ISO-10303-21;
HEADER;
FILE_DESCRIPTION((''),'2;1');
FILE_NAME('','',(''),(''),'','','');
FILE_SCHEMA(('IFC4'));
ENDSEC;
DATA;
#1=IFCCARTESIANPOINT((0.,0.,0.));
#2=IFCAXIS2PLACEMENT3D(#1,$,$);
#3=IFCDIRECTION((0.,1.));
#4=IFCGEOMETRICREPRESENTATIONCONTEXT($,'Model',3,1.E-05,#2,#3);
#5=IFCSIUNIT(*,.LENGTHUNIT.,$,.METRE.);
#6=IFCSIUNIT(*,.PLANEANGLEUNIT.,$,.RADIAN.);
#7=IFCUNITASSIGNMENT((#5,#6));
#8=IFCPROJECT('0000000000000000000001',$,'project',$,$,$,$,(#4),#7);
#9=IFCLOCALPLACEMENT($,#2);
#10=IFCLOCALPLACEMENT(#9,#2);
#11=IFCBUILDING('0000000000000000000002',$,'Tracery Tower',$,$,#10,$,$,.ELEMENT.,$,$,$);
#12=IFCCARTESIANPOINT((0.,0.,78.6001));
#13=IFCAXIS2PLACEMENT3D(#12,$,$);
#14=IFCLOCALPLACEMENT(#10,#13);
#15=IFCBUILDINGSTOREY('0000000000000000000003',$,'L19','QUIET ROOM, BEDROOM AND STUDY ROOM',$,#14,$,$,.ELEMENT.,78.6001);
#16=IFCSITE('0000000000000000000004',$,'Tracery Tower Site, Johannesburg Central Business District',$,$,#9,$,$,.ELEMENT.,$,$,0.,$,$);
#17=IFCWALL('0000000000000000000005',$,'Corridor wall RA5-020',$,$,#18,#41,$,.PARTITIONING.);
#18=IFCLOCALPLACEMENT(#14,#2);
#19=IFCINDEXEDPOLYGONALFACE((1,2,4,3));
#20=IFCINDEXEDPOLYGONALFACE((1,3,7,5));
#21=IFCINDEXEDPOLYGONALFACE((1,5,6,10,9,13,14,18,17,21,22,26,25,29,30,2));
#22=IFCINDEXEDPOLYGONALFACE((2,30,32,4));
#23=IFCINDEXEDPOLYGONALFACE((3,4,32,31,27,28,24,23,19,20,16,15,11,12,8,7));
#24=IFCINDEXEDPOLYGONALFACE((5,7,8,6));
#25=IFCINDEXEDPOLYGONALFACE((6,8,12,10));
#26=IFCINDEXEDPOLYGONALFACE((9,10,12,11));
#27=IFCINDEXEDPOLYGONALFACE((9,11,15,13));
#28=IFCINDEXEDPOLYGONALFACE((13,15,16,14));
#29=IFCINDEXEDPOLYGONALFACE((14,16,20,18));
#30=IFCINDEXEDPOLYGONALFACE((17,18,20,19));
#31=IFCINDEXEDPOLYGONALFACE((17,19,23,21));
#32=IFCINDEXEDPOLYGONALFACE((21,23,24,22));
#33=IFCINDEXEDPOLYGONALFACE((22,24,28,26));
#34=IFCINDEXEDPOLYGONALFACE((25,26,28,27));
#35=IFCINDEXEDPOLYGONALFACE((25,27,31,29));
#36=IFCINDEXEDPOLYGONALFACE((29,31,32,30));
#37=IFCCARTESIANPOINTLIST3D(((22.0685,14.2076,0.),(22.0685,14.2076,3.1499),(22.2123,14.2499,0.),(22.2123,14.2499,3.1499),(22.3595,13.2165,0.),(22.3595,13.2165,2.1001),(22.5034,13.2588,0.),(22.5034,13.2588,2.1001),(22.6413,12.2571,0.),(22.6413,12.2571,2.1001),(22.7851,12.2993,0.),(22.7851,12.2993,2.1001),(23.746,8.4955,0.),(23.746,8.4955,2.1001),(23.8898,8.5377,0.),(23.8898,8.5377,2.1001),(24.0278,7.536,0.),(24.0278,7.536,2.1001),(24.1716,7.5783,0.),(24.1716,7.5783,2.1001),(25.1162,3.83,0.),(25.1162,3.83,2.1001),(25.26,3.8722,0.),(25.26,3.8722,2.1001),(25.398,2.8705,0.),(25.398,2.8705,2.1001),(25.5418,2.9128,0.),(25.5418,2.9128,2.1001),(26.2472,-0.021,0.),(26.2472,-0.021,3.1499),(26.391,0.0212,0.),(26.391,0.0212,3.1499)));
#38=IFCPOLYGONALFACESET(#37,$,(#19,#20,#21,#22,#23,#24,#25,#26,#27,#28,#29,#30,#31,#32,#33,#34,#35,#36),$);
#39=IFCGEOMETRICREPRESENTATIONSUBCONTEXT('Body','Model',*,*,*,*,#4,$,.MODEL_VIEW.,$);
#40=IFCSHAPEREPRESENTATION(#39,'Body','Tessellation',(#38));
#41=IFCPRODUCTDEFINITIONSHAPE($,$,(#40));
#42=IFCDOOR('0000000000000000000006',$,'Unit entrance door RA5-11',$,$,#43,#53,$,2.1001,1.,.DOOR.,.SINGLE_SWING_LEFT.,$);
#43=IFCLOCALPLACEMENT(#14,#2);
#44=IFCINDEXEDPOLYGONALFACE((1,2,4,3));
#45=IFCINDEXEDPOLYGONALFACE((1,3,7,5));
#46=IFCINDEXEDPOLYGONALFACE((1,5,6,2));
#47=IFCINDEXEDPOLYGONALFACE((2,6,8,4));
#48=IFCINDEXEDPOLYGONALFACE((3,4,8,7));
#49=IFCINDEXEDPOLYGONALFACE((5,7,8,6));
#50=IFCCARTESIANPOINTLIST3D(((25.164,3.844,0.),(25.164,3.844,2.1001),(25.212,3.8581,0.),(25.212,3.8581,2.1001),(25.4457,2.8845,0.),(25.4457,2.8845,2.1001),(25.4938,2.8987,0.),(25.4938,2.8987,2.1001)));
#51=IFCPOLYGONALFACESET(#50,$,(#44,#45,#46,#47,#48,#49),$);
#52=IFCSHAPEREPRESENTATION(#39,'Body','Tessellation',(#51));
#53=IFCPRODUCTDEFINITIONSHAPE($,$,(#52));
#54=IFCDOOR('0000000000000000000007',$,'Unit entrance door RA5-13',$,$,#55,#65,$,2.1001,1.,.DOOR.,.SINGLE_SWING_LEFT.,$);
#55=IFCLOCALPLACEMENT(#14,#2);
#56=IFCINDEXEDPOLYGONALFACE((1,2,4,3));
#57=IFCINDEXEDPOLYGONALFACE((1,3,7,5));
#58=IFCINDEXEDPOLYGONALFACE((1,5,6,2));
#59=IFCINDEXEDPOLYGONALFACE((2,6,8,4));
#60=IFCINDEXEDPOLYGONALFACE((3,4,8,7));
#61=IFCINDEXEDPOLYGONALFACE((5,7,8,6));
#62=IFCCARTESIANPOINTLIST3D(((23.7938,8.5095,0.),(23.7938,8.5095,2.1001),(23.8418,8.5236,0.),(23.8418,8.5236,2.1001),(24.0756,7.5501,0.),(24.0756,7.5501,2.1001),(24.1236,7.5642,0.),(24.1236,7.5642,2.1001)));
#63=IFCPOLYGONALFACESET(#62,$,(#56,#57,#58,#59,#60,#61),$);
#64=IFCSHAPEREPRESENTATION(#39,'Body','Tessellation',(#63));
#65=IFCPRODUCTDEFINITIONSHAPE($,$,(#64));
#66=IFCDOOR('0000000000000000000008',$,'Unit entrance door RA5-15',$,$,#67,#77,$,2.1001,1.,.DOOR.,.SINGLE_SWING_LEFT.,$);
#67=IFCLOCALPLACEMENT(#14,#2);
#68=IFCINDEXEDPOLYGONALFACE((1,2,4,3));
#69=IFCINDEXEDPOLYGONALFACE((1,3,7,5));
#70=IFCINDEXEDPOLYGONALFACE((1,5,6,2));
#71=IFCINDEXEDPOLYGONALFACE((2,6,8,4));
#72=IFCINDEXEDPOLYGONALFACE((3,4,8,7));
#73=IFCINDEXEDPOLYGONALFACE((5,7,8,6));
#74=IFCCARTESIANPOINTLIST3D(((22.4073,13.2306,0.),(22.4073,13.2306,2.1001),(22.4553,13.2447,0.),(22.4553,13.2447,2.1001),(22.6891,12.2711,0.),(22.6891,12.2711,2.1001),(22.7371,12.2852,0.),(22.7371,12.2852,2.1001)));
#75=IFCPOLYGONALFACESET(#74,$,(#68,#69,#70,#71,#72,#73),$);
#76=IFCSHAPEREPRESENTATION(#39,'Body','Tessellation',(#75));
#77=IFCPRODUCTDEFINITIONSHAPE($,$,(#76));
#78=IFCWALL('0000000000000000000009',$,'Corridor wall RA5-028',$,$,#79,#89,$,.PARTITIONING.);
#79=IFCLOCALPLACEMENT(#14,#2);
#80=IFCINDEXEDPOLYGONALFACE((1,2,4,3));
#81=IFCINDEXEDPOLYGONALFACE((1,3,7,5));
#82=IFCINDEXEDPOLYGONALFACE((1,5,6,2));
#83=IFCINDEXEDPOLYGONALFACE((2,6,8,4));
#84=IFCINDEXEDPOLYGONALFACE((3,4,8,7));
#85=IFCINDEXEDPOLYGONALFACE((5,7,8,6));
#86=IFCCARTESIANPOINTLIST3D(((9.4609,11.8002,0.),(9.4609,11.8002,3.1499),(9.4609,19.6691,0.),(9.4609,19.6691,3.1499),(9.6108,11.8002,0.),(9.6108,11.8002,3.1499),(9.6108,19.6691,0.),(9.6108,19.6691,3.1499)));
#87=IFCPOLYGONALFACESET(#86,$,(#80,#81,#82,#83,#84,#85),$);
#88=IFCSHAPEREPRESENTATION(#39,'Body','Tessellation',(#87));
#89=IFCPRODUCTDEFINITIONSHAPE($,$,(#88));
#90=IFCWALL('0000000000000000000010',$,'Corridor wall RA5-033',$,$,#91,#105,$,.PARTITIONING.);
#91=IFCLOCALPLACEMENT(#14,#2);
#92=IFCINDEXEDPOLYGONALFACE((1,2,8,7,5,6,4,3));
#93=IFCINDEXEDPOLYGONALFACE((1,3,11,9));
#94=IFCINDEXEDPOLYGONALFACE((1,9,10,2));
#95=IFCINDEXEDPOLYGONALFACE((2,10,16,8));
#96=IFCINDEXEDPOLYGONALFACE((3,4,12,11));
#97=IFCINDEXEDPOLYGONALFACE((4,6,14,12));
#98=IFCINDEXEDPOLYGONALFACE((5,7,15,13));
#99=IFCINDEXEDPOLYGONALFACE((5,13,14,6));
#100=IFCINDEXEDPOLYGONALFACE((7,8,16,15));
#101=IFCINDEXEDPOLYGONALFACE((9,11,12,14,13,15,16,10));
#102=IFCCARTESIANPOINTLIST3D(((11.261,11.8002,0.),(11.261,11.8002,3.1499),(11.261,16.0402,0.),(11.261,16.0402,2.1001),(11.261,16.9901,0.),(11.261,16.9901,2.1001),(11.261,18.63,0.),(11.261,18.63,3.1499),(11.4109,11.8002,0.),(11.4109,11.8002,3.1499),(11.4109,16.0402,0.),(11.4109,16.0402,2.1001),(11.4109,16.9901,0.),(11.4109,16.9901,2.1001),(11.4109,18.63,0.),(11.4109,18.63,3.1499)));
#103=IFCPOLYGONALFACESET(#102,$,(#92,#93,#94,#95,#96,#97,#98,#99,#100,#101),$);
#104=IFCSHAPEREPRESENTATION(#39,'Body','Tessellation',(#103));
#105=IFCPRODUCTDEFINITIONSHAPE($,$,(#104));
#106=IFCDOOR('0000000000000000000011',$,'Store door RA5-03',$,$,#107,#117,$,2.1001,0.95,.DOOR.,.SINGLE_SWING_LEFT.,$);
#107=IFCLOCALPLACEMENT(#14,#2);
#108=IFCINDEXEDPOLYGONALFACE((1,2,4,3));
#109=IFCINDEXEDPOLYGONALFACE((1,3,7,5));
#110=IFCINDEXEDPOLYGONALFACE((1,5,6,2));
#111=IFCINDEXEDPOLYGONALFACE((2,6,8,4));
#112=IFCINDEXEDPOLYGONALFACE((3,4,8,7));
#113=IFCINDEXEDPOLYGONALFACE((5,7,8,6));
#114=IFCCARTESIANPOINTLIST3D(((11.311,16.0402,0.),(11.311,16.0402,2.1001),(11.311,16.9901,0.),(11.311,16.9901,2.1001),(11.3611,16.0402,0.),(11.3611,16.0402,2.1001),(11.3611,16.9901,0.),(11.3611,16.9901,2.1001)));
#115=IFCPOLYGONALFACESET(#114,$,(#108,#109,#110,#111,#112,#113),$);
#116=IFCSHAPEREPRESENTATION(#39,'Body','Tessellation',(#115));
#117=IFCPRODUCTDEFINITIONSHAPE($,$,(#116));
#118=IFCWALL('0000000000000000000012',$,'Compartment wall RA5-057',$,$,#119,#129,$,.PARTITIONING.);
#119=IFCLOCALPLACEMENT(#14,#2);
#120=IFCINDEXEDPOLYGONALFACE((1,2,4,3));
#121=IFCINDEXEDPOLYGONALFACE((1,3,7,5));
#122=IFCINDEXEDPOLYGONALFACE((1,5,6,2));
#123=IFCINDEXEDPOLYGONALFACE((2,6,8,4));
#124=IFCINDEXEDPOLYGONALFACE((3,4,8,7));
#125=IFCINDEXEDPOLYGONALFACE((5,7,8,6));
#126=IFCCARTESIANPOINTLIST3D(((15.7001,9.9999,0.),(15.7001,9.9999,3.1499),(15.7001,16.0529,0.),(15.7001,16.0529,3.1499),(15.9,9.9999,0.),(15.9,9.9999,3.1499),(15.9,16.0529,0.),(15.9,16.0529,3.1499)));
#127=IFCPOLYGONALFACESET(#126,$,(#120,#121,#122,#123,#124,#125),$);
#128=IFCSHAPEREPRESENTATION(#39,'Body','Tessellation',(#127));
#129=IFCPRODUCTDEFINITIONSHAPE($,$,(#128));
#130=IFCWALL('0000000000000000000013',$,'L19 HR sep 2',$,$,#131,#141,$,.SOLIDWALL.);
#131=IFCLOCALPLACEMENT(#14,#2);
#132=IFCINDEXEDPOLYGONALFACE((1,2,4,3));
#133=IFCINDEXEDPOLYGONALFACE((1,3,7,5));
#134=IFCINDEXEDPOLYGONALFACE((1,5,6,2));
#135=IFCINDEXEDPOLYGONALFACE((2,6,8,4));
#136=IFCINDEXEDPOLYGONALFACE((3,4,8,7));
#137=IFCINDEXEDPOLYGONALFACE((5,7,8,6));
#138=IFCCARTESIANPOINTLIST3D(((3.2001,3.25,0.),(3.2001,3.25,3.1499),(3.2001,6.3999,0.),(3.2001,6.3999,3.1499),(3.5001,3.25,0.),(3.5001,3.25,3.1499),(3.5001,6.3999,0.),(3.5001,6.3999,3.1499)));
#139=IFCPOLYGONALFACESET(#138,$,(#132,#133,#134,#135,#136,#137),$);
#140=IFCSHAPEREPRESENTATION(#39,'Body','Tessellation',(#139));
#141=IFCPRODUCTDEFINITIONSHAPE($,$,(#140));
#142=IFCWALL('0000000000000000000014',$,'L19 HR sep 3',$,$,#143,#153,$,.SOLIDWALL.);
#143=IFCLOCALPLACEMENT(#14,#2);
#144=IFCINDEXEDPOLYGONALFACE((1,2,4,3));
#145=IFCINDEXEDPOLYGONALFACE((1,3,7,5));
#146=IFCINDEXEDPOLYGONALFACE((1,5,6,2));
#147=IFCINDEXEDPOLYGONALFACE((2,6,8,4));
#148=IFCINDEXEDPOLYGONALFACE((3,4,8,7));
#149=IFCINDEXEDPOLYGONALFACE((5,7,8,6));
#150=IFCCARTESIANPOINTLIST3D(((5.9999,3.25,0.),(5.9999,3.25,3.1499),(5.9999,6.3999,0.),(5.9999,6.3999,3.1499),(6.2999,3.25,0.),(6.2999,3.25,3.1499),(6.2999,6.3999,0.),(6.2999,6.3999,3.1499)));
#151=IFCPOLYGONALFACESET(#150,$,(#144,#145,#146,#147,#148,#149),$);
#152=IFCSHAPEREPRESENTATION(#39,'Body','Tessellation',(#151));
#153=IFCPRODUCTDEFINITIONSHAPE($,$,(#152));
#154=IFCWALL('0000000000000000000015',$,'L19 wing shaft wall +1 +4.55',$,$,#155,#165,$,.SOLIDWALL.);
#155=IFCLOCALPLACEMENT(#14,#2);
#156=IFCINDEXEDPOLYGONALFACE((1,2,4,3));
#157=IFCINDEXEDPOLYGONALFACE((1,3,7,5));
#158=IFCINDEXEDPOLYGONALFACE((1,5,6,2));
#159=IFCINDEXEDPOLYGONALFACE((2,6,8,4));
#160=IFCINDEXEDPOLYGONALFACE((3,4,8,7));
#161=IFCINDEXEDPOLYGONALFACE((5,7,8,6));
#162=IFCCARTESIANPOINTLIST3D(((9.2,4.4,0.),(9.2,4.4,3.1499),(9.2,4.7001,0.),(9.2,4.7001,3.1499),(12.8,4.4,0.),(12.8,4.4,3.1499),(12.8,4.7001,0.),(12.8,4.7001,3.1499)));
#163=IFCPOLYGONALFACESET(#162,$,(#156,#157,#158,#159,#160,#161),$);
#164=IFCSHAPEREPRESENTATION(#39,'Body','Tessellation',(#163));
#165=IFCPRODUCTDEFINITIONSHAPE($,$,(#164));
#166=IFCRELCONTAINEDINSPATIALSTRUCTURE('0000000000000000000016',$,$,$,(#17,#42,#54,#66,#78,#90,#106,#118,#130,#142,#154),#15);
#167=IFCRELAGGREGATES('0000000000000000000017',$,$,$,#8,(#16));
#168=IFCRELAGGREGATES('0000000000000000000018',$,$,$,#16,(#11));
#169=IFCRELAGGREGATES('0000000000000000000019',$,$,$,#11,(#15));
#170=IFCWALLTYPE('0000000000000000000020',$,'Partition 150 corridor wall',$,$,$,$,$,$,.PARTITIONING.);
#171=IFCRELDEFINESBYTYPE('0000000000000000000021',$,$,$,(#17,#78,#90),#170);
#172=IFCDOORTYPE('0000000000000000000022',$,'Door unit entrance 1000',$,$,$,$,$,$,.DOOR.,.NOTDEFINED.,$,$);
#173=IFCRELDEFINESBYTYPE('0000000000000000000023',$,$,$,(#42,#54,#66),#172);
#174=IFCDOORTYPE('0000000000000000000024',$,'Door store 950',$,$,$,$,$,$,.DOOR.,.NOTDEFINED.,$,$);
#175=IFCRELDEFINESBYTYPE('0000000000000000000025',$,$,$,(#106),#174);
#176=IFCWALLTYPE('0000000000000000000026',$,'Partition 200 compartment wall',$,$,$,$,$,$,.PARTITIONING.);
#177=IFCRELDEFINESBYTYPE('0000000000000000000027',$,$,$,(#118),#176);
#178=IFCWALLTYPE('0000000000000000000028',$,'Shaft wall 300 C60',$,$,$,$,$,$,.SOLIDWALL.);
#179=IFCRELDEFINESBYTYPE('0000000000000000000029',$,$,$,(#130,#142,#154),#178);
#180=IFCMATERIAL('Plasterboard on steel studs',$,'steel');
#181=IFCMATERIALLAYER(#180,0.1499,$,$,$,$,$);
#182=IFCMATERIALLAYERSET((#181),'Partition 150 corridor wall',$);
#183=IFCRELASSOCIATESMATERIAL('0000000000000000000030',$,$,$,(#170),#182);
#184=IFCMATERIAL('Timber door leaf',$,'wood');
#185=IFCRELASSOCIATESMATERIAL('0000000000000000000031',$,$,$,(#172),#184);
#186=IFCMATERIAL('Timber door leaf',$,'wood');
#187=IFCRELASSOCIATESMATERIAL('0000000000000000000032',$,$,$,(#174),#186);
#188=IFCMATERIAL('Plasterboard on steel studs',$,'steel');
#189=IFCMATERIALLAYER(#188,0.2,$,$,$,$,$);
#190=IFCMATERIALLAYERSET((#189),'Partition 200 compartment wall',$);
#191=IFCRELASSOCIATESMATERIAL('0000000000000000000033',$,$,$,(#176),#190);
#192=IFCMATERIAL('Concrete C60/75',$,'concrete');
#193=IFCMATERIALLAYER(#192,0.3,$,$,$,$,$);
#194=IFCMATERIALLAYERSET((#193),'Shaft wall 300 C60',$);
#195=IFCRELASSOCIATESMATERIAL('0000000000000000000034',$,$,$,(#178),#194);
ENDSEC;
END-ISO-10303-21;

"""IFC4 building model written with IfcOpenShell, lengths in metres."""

from ifc_helpers import new_model, si_unit, direction, frame, frame_2d, origin, place, context, subcontext, project, spatial, rectangle, extrude, material, layer, layer_set, type_object, element, fill, save


model = new_model("IFC4")

# Units and contexts
model_context = context("Model", 3, precision=1e-05, world=origin(), true_north=direction((0.0, 1.0)))
body_context = subcontext(model_context, "Body", "Model", "MODEL_VIEW")
ifc_project = project(units=[si_unit("LENGTHUNIT", "METRE"), si_unit("PLANEANGLEUNIT", "RADIAN")], contexts=[model_context])

# Site, building, storey
site_placement = place(None, origin())
site = spatial("IfcSite", under=ifc_project, at=site_placement, Name="Tracery Tower Site, Johannesburg Central Business District", CompositionType="ELEMENT", RefElevation=0.0)
building_placement = place(site_placement, origin())
building = spatial("IfcBuilding", under=site, at=building_placement, Name="Tracery Tower", CompositionType="ELEMENT")
storey_placement = place(building_placement, frame((0.0, 0.0, 78.6001)))
storey = spatial("IfcBuildingStorey", under=building, at=storey_placement, Name="L19", Description="QUIET ROOM, BEDROOM AND STUDY ROOM", CompositionType="ELEMENT", Elevation=78.6001)

# Shared definitions
ifc_material_1 = material(Name="Plasterboard on steel studs", Category="steel")
ifc_layer_1 = layer(ifc_material_1, 0.1499)
ifc_layer_set_1 = layer_set([ifc_layer_1], Name="Partition 150 corridor wall")
wall_type_1 = type_object("IfcWallType", Name="Partition 150 corridor wall", PredefinedType="PARTITIONING", material=ifc_layer_set_1)

# Wall, openings, doors
wall_1_placement = place(storey_placement, frame((22.1404, 14.2288, 0.0), z_axis=(0.0, 0.0, 1.0), x_axis=(0.28178, -0.959479, 0.0)))
wall_1 = element("IfcWall", 1, at=wall_1_placement, inside=storey, type_object=wall_type_1, Name="Corridor wall RA5-020", PredefinedType="PARTITIONING", context=body_context, shape_type="SweptSolid", body=[
    extrude(rectangle(XDim=14.8296, YDim=0.1499, at=frame_2d((7.4148, 0.0))), origin(), (0.0, 0.0, 1.0), 3.1499),
])
opening_1_placement = place(wall_1_placement, frame((10.8159, 0.0, 0.0)))
opening_1 = element("IfcOpeningElement", 2, at=opening_1_placement, cuts=wall_1, PredefinedType="OPENING", context=body_context, shape_type="SweptSolid", body=[
    extrude(rectangle(XDim=1.0, YDim=2.1001, at=frame_2d((0.5, 1.05))), frame((0.0, 0.075, 0.0), z_axis=(0.0, -1.0, 0.0), x_axis=(1.0, 0.0, 0.0)), (0.0, 0.0, 1.0), 0.1499),
])
opening_2_placement = place(wall_1_placement, frame((5.9534, 0.0, 0.0)))
opening_2 = element("IfcOpeningElement", 3, at=opening_2_placement, cuts=wall_1, PredefinedType="OPENING", context=body_context, shape_type="SweptSolid", body=[
    extrude(rectangle(XDim=1.0, YDim=2.1001, at=frame_2d((0.5, 1.05))), frame((0.0, 0.075, 0.0), z_axis=(0.0, -1.0, 0.0), x_axis=(1.0, 0.0, 0.0)), (0.0, 0.0, 1.0), 0.1499),
])
opening_3_placement = place(wall_1_placement, frame((1.033, 0.0, 0.0)))
opening_3 = element("IfcOpeningElement", 4, at=opening_3_placement, cuts=wall_1, PredefinedType="OPENING", context=body_context, shape_type="SweptSolid", body=[
    extrude(rectangle(XDim=1.0, YDim=2.1001, at=frame_2d((0.5, 1.05))), frame((0.0, 0.075, 0.0), z_axis=(0.0, -1.0, 0.0), x_axis=(1.0, 0.0, 0.0)), (0.0, 0.0, 1.0), 0.1499),
])
ifc_material_2 = material(Name="Timber door leaf", Category="wood")
door_type_1 = type_object("IfcDoorType", Name="Door unit entrance 1000", OperationType="NOTDEFINED", PredefinedType="DOOR", material=ifc_material_2)
door_1_placement = place(opening_1_placement, origin())
door_1 = element("IfcDoor", 5, at=door_1_placement, inside=storey, type_object=door_type_1, Name="Unit entrance door RA5-11", OperationType="SINGLE_SWING_LEFT", OverallHeight=2.1001, OverallWidth=1.0, PredefinedType="DOOR", context=body_context, shape_type="SweptSolid", body=[
    extrude(rectangle(XDim=1.0, YDim=2.1001, at=frame_2d((0.5, 1.05))), frame((0.0, 0.0249, 0.0), z_axis=(0.0, -1.0, 0.0), x_axis=(1.0, 0.0, 0.0)), (0.0, 0.0, 1.0), 0.05),
])
fill(opening_1, door_1)
door_2_placement = place(opening_2_placement, origin())
door_2 = element("IfcDoor", 6, at=door_2_placement, inside=storey, type_object=door_type_1, Name="Unit entrance door RA5-13", OperationType="SINGLE_SWING_LEFT", OverallHeight=2.1001, OverallWidth=1.0, PredefinedType="DOOR", context=body_context, shape_type="SweptSolid", body=[
    extrude(rectangle(XDim=1.0, YDim=2.1001, at=frame_2d((0.5, 1.05))), frame((0.0, 0.0249, 0.0), z_axis=(0.0, -1.0, 0.0), x_axis=(1.0, 0.0, 0.0)), (0.0, 0.0, 1.0), 0.05),
])
fill(opening_2, door_2)
door_3_placement = place(opening_3_placement, origin())
door_3 = element("IfcDoor", 7, at=door_3_placement, inside=storey, type_object=door_type_1, Name="Unit entrance door RA5-15", OperationType="SINGLE_SWING_LEFT", OverallHeight=2.1001, OverallWidth=1.0, PredefinedType="DOOR", context=body_context, shape_type="SweptSolid", body=[
    extrude(rectangle(XDim=1.0, YDim=2.1001, at=frame_2d((0.5, 1.05))), frame((0.0, 0.0249, 0.0), z_axis=(0.0, -1.0, 0.0), x_axis=(1.0, 0.0, 0.0)), (0.0, 0.0, 1.0), 0.05),
])
fill(opening_3, door_3)

# Wall
wall_2_placement = place(storey_placement, frame((9.5359, 11.8, 0.0), z_axis=(0.0, 0.0, 1.0), x_axis=(0.0, 1.0, 0.0)))
element("IfcWall", 8, at=wall_2_placement, inside=storey, type_object=wall_type_1, Name="Corridor wall RA5-028", PredefinedType="PARTITIONING", context=body_context, shape_type="SweptSolid", body=[
    extrude(rectangle(XDim=7.8689, YDim=0.1499, at=frame_2d((3.9346, 0.0))), origin(), (0.0, 0.0, 1.0), 3.1499),
])

# Wall, opening, door
wall_3_placement = place(storey_placement, frame((11.3359, 11.8, 0.0), z_axis=(0.0, 0.0, 1.0), x_axis=(0.0, 1.0, 0.0)))
wall_3 = element("IfcWall", 9, at=wall_3_placement, inside=storey, type_object=wall_type_1, Name="Corridor wall RA5-033", PredefinedType="PARTITIONING", context=body_context, shape_type="SweptSolid", body=[
    extrude(rectangle(XDim=6.8298, YDim=0.1499, at=frame_2d((3.415, 0.0))), origin(), (0.0, 0.0, 1.0), 3.1499),
])
opening_4_placement = place(wall_3_placement, frame((4.24, 0.0, 0.0)))
opening_4 = element("IfcOpeningElement", 10, at=opening_4_placement, cuts=wall_3, PredefinedType="OPENING", context=body_context, shape_type="SweptSolid", body=[
    extrude(rectangle(XDim=0.95, YDim=2.1001, at=frame_2d((0.4751, 1.05))), frame((0.0, 0.075, 0.0), z_axis=(0.0, -1.0, 0.0), x_axis=(1.0, 0.0, 0.0)), (0.0, 0.0, 1.0), 0.1499),
])
ifc_material_3 = material(Name="Timber door leaf", Category="wood")
door_type_2 = type_object("IfcDoorType", Name="Door store 950", OperationType="NOTDEFINED", PredefinedType="DOOR", material=ifc_material_3)
door_4_placement = place(opening_4_placement, origin())
door_4 = element("IfcDoor", 11, at=door_4_placement, inside=storey, type_object=door_type_2, Name="Store door RA5-03", OperationType="SINGLE_SWING_LEFT", OverallHeight=2.1001, OverallWidth=0.95, PredefinedType="DOOR", context=body_context, shape_type="SweptSolid", body=[
    extrude(rectangle(XDim=0.95, YDim=2.1001, at=frame_2d((0.4751, 1.05))), frame((0.0, 0.0249, 0.0), z_axis=(0.0, -1.0, 0.0), x_axis=(1.0, 0.0, 0.0)), (0.0, 0.0, 1.0), 0.05),
])
fill(opening_4, door_4)

# Walls
ifc_material_4 = material(Name="Plasterboard on steel studs", Category="steel")
ifc_layer_2 = layer(ifc_material_4, 0.2)
ifc_layer_set_2 = layer_set([ifc_layer_2], Name="Partition 200 compartment wall")
wall_type_2 = type_object("IfcWallType", Name="Partition 200 compartment wall", PredefinedType="PARTITIONING", material=ifc_layer_set_2)
wall_4_placement = place(storey_placement, frame((15.8, 10.0, 0.0), z_axis=(0.0, 0.0, 1.0), x_axis=(0.0, 1.0, 0.0)))
element("IfcWall", 12, at=wall_4_placement, inside=storey, type_object=wall_type_2, Name="Compartment wall RA5-057", PredefinedType="PARTITIONING", context=body_context, shape_type="SweptSolid", body=[
    extrude(rectangle(XDim=6.053, YDim=0.2, at=frame_2d((3.0264, 0.0))), origin(), (0.0, 0.0, 1.0), 3.1499),
])
ifc_material_5 = material(Name="Concrete C60/75", Category="concrete")
ifc_layer_3 = layer(ifc_material_5, 0.3)
ifc_layer_set_3 = layer_set([ifc_layer_3], Name="Shaft wall 300 C60")
wall_type_3 = type_object("IfcWallType", Name="Shaft wall 300 C60", PredefinedType="SOLIDWALL", material=ifc_layer_set_3)
for number, where, z_axis, x_axis, name in (
    (13, (3.3501, 3.25, 0.0), (0.0, 0.0, 1.0), (0.0, 1.0, 0.0), "L19 HR sep 2"),
    (14, (6.1499, 3.25, 0.0), (0.0, 0.0, 1.0), (0.0, 1.0, 0.0), "L19 HR sep 3"),
):
    element("IfcWall", number, at=place(storey_placement, frame(where, z_axis=z_axis, x_axis=x_axis)), inside=storey, type_object=wall_type_3, Name=name, PredefinedType="SOLIDWALL", context=body_context, shape_type="SweptSolid", body=[
        extrude(rectangle(XDim=3.1499, YDim=0.3, at=frame_2d((1.575, 0.0))), origin(), (0.0, 0.0, 1.0), 3.1499),
    ])
wall_5_placement = place(storey_placement, frame((9.2, 4.55, 0.0), z_axis=(0.0, 0.0, 1.0), x_axis=(1.0, 0.0, 0.0)))
element("IfcWall", 15, at=wall_5_placement, inside=storey, type_object=wall_type_3, Name="L19 wing shaft wall +1 +4.55", PredefinedType="SOLIDWALL", context=body_context, shape_type="SweptSolid", body=[
    extrude(rectangle(XDim=3.6001, YDim=0.3, at=frame_2d((1.8, 0.0))), origin(), (0.0, 0.0, 1.0), 3.1499),
])

save(model, "model.ifc")
